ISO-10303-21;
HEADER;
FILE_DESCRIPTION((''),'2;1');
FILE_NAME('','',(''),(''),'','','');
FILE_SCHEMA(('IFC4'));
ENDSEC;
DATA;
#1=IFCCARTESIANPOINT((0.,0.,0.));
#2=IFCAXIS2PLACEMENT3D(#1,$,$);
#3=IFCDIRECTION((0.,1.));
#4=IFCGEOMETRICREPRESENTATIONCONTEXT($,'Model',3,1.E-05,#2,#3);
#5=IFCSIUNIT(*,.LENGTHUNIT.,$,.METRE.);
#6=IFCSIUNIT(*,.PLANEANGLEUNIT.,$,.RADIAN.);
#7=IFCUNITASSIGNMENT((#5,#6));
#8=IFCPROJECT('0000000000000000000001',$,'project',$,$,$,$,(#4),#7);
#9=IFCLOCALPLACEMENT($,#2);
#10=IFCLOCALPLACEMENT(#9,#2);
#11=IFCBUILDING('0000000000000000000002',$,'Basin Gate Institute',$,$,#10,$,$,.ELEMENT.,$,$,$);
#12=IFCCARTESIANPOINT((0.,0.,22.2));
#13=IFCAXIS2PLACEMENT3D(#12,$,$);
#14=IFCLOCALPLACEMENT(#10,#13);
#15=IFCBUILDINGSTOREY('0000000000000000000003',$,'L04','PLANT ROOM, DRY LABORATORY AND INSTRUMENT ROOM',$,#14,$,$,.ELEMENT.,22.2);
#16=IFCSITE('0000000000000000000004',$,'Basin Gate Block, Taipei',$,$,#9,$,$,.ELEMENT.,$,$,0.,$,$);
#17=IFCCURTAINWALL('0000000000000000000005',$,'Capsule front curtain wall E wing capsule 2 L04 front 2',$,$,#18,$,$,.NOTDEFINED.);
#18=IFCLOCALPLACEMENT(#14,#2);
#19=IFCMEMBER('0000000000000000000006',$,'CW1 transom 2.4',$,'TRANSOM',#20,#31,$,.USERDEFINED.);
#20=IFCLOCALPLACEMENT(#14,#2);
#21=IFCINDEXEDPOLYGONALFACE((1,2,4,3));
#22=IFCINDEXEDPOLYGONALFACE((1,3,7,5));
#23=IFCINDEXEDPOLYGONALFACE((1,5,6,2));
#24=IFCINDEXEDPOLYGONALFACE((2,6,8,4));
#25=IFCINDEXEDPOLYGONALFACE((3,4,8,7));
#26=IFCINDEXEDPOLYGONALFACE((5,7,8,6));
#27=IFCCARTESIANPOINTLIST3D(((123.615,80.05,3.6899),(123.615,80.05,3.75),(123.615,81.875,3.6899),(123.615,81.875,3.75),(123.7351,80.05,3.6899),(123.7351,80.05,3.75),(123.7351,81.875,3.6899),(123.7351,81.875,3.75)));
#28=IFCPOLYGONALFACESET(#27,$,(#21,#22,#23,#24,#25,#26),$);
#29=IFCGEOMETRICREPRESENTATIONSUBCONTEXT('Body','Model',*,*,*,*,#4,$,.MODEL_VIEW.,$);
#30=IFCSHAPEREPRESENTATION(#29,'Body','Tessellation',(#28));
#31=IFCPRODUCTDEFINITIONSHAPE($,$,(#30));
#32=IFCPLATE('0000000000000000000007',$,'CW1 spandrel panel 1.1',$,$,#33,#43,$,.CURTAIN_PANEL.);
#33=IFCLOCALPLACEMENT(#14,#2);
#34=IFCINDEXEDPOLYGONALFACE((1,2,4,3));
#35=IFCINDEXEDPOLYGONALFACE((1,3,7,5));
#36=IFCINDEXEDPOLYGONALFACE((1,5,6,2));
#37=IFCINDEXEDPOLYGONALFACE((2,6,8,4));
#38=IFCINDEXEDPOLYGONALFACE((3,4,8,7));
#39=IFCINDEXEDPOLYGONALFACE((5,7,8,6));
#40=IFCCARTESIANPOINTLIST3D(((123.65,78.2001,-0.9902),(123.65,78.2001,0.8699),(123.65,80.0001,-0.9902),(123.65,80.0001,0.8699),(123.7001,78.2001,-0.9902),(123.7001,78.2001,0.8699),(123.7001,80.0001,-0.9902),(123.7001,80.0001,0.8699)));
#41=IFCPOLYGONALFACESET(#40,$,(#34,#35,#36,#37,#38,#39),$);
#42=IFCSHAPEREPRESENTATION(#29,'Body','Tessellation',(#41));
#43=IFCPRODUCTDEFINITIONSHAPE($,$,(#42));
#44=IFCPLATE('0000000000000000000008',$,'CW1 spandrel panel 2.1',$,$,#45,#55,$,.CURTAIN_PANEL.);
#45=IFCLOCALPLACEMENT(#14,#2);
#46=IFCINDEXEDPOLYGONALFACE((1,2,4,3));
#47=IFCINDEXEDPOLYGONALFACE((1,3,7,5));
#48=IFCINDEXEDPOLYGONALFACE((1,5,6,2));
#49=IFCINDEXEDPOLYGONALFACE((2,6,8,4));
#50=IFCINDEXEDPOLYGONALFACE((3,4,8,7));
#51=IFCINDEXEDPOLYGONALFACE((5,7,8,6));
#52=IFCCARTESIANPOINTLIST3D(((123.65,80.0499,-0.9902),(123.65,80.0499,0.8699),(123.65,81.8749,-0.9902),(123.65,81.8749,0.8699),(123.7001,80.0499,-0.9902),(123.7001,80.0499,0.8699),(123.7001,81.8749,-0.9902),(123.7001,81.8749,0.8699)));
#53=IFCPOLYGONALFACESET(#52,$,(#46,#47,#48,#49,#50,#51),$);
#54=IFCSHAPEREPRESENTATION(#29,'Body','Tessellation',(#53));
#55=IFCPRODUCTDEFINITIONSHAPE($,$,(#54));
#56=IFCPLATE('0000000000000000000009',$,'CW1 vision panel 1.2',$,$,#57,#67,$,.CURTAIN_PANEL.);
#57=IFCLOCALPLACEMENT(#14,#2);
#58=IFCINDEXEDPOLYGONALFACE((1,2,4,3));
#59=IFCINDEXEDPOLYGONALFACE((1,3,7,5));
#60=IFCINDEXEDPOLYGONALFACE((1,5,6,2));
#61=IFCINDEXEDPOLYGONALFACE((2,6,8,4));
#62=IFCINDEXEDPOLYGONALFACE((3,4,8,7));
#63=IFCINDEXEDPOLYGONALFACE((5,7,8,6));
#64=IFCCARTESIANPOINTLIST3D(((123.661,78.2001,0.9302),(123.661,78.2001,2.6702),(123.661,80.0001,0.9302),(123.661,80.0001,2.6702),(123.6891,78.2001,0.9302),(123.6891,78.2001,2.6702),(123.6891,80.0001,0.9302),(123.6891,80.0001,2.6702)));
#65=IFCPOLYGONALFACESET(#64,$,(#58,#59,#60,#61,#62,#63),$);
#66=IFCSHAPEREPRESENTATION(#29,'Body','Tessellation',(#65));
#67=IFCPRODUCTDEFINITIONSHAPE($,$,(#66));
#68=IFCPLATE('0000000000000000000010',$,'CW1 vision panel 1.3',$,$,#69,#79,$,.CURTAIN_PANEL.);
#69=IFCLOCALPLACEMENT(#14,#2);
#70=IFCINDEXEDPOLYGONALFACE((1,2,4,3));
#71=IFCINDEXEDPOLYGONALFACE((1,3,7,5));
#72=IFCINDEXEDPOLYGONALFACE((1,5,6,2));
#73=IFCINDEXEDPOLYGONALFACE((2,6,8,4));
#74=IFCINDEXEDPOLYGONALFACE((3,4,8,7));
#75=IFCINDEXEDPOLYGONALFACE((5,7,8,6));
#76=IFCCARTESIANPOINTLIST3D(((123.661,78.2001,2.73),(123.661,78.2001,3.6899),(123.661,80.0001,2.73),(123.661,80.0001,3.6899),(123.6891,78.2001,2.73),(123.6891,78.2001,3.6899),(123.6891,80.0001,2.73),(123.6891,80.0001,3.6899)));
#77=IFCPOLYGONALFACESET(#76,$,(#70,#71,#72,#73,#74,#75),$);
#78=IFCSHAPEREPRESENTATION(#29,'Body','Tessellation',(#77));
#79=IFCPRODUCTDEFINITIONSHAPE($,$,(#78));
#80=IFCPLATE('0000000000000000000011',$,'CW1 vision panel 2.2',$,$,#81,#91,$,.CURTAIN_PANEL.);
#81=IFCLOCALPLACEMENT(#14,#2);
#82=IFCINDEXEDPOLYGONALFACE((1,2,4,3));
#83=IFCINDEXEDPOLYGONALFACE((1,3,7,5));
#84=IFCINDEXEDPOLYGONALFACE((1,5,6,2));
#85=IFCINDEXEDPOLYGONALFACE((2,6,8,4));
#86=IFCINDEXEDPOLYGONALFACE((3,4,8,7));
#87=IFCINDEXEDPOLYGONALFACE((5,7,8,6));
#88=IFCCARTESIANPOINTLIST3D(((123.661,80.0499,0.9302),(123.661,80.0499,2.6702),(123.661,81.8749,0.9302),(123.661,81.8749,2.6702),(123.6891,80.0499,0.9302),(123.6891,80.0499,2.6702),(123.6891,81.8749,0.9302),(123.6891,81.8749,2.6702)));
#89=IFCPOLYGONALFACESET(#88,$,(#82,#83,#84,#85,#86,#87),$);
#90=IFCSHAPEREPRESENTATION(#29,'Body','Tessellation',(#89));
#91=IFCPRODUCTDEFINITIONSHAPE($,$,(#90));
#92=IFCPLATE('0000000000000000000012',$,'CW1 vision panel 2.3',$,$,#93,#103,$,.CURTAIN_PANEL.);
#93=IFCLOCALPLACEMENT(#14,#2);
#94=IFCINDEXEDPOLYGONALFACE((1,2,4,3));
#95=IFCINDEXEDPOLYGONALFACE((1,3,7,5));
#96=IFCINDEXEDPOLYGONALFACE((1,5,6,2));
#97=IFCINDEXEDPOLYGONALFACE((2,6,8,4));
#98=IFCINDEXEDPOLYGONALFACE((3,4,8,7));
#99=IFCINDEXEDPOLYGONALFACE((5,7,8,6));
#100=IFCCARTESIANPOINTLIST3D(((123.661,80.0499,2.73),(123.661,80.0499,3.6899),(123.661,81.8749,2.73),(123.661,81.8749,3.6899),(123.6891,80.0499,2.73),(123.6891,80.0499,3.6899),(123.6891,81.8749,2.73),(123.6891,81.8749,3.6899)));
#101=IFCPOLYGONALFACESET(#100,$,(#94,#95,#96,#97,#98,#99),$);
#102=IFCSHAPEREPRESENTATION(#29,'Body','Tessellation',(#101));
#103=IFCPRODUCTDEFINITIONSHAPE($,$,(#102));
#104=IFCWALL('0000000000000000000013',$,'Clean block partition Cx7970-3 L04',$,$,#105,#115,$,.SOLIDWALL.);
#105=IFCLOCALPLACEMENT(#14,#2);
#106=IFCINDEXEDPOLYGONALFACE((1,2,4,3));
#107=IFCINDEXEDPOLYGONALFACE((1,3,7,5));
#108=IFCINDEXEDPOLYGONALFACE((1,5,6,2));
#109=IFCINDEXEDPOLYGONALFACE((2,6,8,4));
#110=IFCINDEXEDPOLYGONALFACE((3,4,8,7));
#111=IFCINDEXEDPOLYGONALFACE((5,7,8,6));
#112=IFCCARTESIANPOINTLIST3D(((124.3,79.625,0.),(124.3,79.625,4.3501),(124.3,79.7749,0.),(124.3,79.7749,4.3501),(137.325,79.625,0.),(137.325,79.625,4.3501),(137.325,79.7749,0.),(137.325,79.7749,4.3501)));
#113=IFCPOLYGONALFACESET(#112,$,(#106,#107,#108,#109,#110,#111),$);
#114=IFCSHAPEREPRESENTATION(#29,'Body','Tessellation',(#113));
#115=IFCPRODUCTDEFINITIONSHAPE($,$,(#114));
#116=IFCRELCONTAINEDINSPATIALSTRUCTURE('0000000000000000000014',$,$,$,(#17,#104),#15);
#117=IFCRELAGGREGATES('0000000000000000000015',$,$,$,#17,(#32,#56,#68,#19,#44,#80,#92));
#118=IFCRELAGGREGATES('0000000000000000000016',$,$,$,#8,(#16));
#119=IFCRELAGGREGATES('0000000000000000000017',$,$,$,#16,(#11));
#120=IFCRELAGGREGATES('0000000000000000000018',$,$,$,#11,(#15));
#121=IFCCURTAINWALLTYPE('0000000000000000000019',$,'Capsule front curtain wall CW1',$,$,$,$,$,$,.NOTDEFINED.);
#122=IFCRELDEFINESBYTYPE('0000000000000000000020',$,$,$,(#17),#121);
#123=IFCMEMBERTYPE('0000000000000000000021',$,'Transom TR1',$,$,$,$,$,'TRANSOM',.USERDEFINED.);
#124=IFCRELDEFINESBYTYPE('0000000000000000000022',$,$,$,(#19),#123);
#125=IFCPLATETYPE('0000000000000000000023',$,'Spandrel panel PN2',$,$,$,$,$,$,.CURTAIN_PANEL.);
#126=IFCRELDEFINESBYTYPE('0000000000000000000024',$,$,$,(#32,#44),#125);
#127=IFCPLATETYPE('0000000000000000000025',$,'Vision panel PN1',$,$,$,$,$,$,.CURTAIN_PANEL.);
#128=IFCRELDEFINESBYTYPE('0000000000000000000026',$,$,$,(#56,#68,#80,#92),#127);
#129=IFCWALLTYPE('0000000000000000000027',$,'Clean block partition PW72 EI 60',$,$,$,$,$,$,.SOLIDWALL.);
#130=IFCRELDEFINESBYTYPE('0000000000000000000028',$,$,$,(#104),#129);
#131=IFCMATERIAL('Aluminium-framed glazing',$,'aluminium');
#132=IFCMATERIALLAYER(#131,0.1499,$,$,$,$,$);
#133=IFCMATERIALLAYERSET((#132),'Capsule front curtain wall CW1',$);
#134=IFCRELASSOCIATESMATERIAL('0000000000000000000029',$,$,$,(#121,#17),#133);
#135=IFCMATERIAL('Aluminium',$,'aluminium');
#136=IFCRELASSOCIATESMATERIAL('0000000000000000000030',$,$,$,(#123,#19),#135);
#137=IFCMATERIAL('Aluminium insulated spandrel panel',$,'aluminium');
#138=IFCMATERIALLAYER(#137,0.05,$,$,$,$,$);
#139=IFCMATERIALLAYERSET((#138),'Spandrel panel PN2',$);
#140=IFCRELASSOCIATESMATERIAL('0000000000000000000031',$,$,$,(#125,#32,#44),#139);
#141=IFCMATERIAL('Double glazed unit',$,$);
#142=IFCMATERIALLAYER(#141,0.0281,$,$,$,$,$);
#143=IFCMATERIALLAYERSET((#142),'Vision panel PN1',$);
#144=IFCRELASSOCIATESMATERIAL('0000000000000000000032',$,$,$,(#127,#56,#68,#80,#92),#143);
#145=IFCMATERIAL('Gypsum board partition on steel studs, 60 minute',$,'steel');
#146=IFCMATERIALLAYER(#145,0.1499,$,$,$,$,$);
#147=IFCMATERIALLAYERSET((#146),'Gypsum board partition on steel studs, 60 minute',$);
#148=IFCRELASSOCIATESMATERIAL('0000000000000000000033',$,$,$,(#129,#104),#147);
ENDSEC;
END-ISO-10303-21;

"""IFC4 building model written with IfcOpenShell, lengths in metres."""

from ifc_helpers import new_model, si_unit, direction, frame, frame_2d, origin, origin_2d, place, context, subcontext, project, spatial, rectangle, extrude, material, layer, layer_set, material_profile, profile_set, type_object, element, aggregate, save


model = new_model("IFC4")

# Units and contexts
model_context = context("Model", 3, precision=1e-05, world=origin(), true_north=direction((0.0, 1.0)))
body_context = subcontext(model_context, "Body", "Model", "MODEL_VIEW")
ifc_project = project(units=[si_unit("LENGTHUNIT", "METRE"), si_unit("PLANEANGLEUNIT", "RADIAN")], contexts=[model_context])

# Site, building, storey
site_placement = place(None, origin())
site = spatial("IfcSite", under=ifc_project, at=site_placement, Name="Basin Gate Block, Taipei", CompositionType="ELEMENT", RefElevation=0.0)
building_placement = place(site_placement, origin())
building = spatial("IfcBuilding", under=site, at=building_placement, Name="Basin Gate Institute", CompositionType="ELEMENT")
storey_placement = place(building_placement, frame((0.0, 0.0, 22.2)))
storey = spatial("IfcBuildingStorey", under=building, at=storey_placement, Name="L04", Description="PLANT ROOM, DRY LABORATORY AND INSTRUMENT ROOM", CompositionType="ELEMENT", Elevation=22.2)

# Curtain wall
ifc_material_1 = material(Name="Aluminium-framed glazing", Category="aluminium")
ifc_layer_1 = layer(ifc_material_1, 0.1499)
ifc_layer_set_1 = layer_set([ifc_layer_1], Name="Capsule front curtain wall CW1")
curtain_wall_type = type_object("IfcCurtainWallType", Name="Capsule front curtain wall CW1", PredefinedType="NOTDEFINED", material=ifc_layer_set_1)
curtain_wall_1_placement = place(storey_placement, origin())
curtain_wall_1 = element("IfcCurtainWall", 1, at=curtain_wall_1_placement, inside=storey, type_object=curtain_wall_type, material=ifc_layer_set_1, Name="Capsule front curtain wall E wing capsule 2 L04 front 2", PredefinedType="NOTDEFINED")

# Member
ifc_material_2 = material(Name="Aluminium", Category="aluminium")
ifc_material_profile_1 = material_profile(ifc_material_2, rectangle(XDim=0.1201, YDim=0.0601, at=origin_2d()), Name="Transom TR1 120 x 60")
ifc_profile_set_1 = profile_set([ifc_material_profile_1], Name="Aluminium")
member_type_1 = type_object("IfcMemberType", Name="Transom TR1", ElementType="TRANSOM", PredefinedType="USERDEFINED", material=ifc_profile_set_1)
member_1_placement = place(storey_placement, frame((123.675, 80.05, 3.72), z_axis=(0.0, 1.0, 0.0), x_axis=(-1.0, 0.0, 0.0)))
member_1 = element("IfcMember", 2, at=member_1_placement, type_object=member_type_1, material=ifc_profile_set_1, Name="CW1 transom 2.4", ObjectType="TRANSOM", PredefinedType="USERDEFINED", context=body_context, shape_type="SweptSolid", body=[
    extrude(rectangle(XDim=0.1201, YDim=0.0601, at=origin_2d()), origin(), (0.0, 0.0, 1.0), 1.825),
])

# Plates
ifc_material_3 = material(Name="Aluminium insulated spandrel panel", Category="aluminium")
ifc_layer_2 = layer(ifc_material_3, 0.05)
ifc_layer_set_2 = layer_set([ifc_layer_2], Name="Spandrel panel PN2")
plate_type_1 = type_object("IfcPlateType", Name="Spandrel panel PN2", PredefinedType="CURTAIN_PANEL", material=ifc_layer_set_2)
plate_1_placement = place(storey_placement, frame((123.675, 79.1001, -0.9902), z_axis=(0.0, 0.0, 1.0), x_axis=(0.0, 1.0, 0.0)))
plate_1 = element("IfcPlate", 3, at=plate_1_placement, type_object=plate_type_1, material=ifc_layer_set_2, Name="CW1 spandrel panel 1.1", PredefinedType="CURTAIN_PANEL", context=body_context, shape_type="SweptSolid", body=[
    extrude(rectangle(XDim=1.8, YDim=0.05, at=origin_2d()), origin(), (0.0, 0.0, 1.0), 1.8601),
])
plate_2_placement = place(storey_placement, frame((123.675, 80.9624, -0.9902), z_axis=(0.0, 0.0, 1.0), x_axis=(0.0, 1.0, 0.0)))
plate_2 = element("IfcPlate", 4, at=plate_2_placement, type_object=plate_type_1, material=ifc_layer_set_2, Name="CW1 spandrel panel 2.1", PredefinedType="CURTAIN_PANEL", context=body_context, shape_type="SweptSolid", body=[
    extrude(rectangle(XDim=1.825, YDim=0.05, at=origin_2d()), origin(), (0.0, 0.0, 1.0), 1.8601),
])
ifc_material_4 = material(Name="Double glazed unit")
ifc_layer_3 = layer(ifc_material_4, 0.0281)
ifc_layer_set_3 = layer_set([ifc_layer_3], Name="Vision panel PN1")
plate_type_2 = type_object("IfcPlateType", Name="Vision panel PN1", PredefinedType="CURTAIN_PANEL", material=ifc_layer_set_3)
plate_3_placement = place(storey_placement, frame((123.675, 79.1001, 0.9302), z_axis=(0.0, 0.0, 1.0), x_axis=(0.0, 1.0, 0.0)))
plate_3 = element("IfcPlate", 5, at=plate_3_placement, type_object=plate_type_2, material=ifc_layer_set_3, Name="CW1 vision panel 1.2", PredefinedType="CURTAIN_PANEL", context=body_context, shape_type="SweptSolid", body=[
    extrude(rectangle(XDim=1.8, YDim=0.0281, at=origin_2d()), origin(), (0.0, 0.0, 1.0), 1.74),
])
plate_4_placement = place(storey_placement, frame((123.675, 79.1001, 2.73), z_axis=(0.0, 0.0, 1.0), x_axis=(0.0, 1.0, 0.0)))
plate_4 = element("IfcPlate", 6, at=plate_4_placement, type_object=plate_type_2, material=ifc_layer_set_3, Name="CW1 vision panel 1.3", PredefinedType="CURTAIN_PANEL", context=body_context, shape_type="SweptSolid", body=[
    extrude(rectangle(XDim=1.8, YDim=0.0281, at=origin_2d()), origin(), (0.0, 0.0, 1.0), 0.96),
])
plate_5_placement = place(storey_placement, frame((123.675, 80.9624, 0.9302), z_axis=(0.0, 0.0, 1.0), x_axis=(0.0, 1.0, 0.0)))
plate_5 = element("IfcPlate", 7, at=plate_5_placement, type_object=plate_type_2, material=ifc_layer_set_3, Name="CW1 vision panel 2.2", PredefinedType="CURTAIN_PANEL", context=body_context, shape_type="SweptSolid", body=[
    extrude(rectangle(XDim=1.825, YDim=0.0281, at=origin_2d()), origin(), (0.0, 0.0, 1.0), 1.74),
])
plate_6_placement = place(storey_placement, frame((123.675, 80.9624, 2.73), z_axis=(0.0, 0.0, 1.0), x_axis=(0.0, 1.0, 0.0)))
plate_6 = element("IfcPlate", 8, at=plate_6_placement, type_object=plate_type_2, material=ifc_layer_set_3, Name="CW1 vision panel 2.3", PredefinedType="CURTAIN_PANEL", context=body_context, shape_type="SweptSolid", body=[
    extrude(rectangle(XDim=1.825, YDim=0.0281, at=origin_2d()), origin(), (0.0, 0.0, 1.0), 0.96),
])
aggregate(curtain_wall_1, [plate_1, plate_3, plate_4, member_1, plate_2, plate_5, plate_6])

# Wall
ifc_material_5 = material(Name="Gypsum board partition on steel studs, 60 minute", Category="steel")
ifc_layer_4 = layer(ifc_material_5, 0.1499)
ifc_layer_set_4 = layer_set([ifc_layer_4], Name="Gypsum board partition on steel studs, 60 minute")
wall_type = type_object("IfcWallType", Name="Clean block partition PW72 EI 60", PredefinedType="SOLIDWALL", material=ifc_layer_set_4)
wall_placement = place(storey_placement, frame((124.3, 79.7, 0.0), z_axis=(0.0, 0.0, 1.0), x_axis=(1.0, 0.0, 0.0)))
element("IfcWall", 9, at=wall_placement, inside=storey, type_object=wall_type, material=ifc_layer_set_4, Name="Clean block partition Cx7970-3 L04", PredefinedType="SOLIDWALL", context=body_context, shape_type="SweptSolid", body=[
    extrude(rectangle(XDim=13.0249, YDim=0.1499, at=frame_2d((6.5125, 0.0))), origin(), (0.0, 0.0, 1.0), 4.3501),
])

save(model, "model.ifc")
